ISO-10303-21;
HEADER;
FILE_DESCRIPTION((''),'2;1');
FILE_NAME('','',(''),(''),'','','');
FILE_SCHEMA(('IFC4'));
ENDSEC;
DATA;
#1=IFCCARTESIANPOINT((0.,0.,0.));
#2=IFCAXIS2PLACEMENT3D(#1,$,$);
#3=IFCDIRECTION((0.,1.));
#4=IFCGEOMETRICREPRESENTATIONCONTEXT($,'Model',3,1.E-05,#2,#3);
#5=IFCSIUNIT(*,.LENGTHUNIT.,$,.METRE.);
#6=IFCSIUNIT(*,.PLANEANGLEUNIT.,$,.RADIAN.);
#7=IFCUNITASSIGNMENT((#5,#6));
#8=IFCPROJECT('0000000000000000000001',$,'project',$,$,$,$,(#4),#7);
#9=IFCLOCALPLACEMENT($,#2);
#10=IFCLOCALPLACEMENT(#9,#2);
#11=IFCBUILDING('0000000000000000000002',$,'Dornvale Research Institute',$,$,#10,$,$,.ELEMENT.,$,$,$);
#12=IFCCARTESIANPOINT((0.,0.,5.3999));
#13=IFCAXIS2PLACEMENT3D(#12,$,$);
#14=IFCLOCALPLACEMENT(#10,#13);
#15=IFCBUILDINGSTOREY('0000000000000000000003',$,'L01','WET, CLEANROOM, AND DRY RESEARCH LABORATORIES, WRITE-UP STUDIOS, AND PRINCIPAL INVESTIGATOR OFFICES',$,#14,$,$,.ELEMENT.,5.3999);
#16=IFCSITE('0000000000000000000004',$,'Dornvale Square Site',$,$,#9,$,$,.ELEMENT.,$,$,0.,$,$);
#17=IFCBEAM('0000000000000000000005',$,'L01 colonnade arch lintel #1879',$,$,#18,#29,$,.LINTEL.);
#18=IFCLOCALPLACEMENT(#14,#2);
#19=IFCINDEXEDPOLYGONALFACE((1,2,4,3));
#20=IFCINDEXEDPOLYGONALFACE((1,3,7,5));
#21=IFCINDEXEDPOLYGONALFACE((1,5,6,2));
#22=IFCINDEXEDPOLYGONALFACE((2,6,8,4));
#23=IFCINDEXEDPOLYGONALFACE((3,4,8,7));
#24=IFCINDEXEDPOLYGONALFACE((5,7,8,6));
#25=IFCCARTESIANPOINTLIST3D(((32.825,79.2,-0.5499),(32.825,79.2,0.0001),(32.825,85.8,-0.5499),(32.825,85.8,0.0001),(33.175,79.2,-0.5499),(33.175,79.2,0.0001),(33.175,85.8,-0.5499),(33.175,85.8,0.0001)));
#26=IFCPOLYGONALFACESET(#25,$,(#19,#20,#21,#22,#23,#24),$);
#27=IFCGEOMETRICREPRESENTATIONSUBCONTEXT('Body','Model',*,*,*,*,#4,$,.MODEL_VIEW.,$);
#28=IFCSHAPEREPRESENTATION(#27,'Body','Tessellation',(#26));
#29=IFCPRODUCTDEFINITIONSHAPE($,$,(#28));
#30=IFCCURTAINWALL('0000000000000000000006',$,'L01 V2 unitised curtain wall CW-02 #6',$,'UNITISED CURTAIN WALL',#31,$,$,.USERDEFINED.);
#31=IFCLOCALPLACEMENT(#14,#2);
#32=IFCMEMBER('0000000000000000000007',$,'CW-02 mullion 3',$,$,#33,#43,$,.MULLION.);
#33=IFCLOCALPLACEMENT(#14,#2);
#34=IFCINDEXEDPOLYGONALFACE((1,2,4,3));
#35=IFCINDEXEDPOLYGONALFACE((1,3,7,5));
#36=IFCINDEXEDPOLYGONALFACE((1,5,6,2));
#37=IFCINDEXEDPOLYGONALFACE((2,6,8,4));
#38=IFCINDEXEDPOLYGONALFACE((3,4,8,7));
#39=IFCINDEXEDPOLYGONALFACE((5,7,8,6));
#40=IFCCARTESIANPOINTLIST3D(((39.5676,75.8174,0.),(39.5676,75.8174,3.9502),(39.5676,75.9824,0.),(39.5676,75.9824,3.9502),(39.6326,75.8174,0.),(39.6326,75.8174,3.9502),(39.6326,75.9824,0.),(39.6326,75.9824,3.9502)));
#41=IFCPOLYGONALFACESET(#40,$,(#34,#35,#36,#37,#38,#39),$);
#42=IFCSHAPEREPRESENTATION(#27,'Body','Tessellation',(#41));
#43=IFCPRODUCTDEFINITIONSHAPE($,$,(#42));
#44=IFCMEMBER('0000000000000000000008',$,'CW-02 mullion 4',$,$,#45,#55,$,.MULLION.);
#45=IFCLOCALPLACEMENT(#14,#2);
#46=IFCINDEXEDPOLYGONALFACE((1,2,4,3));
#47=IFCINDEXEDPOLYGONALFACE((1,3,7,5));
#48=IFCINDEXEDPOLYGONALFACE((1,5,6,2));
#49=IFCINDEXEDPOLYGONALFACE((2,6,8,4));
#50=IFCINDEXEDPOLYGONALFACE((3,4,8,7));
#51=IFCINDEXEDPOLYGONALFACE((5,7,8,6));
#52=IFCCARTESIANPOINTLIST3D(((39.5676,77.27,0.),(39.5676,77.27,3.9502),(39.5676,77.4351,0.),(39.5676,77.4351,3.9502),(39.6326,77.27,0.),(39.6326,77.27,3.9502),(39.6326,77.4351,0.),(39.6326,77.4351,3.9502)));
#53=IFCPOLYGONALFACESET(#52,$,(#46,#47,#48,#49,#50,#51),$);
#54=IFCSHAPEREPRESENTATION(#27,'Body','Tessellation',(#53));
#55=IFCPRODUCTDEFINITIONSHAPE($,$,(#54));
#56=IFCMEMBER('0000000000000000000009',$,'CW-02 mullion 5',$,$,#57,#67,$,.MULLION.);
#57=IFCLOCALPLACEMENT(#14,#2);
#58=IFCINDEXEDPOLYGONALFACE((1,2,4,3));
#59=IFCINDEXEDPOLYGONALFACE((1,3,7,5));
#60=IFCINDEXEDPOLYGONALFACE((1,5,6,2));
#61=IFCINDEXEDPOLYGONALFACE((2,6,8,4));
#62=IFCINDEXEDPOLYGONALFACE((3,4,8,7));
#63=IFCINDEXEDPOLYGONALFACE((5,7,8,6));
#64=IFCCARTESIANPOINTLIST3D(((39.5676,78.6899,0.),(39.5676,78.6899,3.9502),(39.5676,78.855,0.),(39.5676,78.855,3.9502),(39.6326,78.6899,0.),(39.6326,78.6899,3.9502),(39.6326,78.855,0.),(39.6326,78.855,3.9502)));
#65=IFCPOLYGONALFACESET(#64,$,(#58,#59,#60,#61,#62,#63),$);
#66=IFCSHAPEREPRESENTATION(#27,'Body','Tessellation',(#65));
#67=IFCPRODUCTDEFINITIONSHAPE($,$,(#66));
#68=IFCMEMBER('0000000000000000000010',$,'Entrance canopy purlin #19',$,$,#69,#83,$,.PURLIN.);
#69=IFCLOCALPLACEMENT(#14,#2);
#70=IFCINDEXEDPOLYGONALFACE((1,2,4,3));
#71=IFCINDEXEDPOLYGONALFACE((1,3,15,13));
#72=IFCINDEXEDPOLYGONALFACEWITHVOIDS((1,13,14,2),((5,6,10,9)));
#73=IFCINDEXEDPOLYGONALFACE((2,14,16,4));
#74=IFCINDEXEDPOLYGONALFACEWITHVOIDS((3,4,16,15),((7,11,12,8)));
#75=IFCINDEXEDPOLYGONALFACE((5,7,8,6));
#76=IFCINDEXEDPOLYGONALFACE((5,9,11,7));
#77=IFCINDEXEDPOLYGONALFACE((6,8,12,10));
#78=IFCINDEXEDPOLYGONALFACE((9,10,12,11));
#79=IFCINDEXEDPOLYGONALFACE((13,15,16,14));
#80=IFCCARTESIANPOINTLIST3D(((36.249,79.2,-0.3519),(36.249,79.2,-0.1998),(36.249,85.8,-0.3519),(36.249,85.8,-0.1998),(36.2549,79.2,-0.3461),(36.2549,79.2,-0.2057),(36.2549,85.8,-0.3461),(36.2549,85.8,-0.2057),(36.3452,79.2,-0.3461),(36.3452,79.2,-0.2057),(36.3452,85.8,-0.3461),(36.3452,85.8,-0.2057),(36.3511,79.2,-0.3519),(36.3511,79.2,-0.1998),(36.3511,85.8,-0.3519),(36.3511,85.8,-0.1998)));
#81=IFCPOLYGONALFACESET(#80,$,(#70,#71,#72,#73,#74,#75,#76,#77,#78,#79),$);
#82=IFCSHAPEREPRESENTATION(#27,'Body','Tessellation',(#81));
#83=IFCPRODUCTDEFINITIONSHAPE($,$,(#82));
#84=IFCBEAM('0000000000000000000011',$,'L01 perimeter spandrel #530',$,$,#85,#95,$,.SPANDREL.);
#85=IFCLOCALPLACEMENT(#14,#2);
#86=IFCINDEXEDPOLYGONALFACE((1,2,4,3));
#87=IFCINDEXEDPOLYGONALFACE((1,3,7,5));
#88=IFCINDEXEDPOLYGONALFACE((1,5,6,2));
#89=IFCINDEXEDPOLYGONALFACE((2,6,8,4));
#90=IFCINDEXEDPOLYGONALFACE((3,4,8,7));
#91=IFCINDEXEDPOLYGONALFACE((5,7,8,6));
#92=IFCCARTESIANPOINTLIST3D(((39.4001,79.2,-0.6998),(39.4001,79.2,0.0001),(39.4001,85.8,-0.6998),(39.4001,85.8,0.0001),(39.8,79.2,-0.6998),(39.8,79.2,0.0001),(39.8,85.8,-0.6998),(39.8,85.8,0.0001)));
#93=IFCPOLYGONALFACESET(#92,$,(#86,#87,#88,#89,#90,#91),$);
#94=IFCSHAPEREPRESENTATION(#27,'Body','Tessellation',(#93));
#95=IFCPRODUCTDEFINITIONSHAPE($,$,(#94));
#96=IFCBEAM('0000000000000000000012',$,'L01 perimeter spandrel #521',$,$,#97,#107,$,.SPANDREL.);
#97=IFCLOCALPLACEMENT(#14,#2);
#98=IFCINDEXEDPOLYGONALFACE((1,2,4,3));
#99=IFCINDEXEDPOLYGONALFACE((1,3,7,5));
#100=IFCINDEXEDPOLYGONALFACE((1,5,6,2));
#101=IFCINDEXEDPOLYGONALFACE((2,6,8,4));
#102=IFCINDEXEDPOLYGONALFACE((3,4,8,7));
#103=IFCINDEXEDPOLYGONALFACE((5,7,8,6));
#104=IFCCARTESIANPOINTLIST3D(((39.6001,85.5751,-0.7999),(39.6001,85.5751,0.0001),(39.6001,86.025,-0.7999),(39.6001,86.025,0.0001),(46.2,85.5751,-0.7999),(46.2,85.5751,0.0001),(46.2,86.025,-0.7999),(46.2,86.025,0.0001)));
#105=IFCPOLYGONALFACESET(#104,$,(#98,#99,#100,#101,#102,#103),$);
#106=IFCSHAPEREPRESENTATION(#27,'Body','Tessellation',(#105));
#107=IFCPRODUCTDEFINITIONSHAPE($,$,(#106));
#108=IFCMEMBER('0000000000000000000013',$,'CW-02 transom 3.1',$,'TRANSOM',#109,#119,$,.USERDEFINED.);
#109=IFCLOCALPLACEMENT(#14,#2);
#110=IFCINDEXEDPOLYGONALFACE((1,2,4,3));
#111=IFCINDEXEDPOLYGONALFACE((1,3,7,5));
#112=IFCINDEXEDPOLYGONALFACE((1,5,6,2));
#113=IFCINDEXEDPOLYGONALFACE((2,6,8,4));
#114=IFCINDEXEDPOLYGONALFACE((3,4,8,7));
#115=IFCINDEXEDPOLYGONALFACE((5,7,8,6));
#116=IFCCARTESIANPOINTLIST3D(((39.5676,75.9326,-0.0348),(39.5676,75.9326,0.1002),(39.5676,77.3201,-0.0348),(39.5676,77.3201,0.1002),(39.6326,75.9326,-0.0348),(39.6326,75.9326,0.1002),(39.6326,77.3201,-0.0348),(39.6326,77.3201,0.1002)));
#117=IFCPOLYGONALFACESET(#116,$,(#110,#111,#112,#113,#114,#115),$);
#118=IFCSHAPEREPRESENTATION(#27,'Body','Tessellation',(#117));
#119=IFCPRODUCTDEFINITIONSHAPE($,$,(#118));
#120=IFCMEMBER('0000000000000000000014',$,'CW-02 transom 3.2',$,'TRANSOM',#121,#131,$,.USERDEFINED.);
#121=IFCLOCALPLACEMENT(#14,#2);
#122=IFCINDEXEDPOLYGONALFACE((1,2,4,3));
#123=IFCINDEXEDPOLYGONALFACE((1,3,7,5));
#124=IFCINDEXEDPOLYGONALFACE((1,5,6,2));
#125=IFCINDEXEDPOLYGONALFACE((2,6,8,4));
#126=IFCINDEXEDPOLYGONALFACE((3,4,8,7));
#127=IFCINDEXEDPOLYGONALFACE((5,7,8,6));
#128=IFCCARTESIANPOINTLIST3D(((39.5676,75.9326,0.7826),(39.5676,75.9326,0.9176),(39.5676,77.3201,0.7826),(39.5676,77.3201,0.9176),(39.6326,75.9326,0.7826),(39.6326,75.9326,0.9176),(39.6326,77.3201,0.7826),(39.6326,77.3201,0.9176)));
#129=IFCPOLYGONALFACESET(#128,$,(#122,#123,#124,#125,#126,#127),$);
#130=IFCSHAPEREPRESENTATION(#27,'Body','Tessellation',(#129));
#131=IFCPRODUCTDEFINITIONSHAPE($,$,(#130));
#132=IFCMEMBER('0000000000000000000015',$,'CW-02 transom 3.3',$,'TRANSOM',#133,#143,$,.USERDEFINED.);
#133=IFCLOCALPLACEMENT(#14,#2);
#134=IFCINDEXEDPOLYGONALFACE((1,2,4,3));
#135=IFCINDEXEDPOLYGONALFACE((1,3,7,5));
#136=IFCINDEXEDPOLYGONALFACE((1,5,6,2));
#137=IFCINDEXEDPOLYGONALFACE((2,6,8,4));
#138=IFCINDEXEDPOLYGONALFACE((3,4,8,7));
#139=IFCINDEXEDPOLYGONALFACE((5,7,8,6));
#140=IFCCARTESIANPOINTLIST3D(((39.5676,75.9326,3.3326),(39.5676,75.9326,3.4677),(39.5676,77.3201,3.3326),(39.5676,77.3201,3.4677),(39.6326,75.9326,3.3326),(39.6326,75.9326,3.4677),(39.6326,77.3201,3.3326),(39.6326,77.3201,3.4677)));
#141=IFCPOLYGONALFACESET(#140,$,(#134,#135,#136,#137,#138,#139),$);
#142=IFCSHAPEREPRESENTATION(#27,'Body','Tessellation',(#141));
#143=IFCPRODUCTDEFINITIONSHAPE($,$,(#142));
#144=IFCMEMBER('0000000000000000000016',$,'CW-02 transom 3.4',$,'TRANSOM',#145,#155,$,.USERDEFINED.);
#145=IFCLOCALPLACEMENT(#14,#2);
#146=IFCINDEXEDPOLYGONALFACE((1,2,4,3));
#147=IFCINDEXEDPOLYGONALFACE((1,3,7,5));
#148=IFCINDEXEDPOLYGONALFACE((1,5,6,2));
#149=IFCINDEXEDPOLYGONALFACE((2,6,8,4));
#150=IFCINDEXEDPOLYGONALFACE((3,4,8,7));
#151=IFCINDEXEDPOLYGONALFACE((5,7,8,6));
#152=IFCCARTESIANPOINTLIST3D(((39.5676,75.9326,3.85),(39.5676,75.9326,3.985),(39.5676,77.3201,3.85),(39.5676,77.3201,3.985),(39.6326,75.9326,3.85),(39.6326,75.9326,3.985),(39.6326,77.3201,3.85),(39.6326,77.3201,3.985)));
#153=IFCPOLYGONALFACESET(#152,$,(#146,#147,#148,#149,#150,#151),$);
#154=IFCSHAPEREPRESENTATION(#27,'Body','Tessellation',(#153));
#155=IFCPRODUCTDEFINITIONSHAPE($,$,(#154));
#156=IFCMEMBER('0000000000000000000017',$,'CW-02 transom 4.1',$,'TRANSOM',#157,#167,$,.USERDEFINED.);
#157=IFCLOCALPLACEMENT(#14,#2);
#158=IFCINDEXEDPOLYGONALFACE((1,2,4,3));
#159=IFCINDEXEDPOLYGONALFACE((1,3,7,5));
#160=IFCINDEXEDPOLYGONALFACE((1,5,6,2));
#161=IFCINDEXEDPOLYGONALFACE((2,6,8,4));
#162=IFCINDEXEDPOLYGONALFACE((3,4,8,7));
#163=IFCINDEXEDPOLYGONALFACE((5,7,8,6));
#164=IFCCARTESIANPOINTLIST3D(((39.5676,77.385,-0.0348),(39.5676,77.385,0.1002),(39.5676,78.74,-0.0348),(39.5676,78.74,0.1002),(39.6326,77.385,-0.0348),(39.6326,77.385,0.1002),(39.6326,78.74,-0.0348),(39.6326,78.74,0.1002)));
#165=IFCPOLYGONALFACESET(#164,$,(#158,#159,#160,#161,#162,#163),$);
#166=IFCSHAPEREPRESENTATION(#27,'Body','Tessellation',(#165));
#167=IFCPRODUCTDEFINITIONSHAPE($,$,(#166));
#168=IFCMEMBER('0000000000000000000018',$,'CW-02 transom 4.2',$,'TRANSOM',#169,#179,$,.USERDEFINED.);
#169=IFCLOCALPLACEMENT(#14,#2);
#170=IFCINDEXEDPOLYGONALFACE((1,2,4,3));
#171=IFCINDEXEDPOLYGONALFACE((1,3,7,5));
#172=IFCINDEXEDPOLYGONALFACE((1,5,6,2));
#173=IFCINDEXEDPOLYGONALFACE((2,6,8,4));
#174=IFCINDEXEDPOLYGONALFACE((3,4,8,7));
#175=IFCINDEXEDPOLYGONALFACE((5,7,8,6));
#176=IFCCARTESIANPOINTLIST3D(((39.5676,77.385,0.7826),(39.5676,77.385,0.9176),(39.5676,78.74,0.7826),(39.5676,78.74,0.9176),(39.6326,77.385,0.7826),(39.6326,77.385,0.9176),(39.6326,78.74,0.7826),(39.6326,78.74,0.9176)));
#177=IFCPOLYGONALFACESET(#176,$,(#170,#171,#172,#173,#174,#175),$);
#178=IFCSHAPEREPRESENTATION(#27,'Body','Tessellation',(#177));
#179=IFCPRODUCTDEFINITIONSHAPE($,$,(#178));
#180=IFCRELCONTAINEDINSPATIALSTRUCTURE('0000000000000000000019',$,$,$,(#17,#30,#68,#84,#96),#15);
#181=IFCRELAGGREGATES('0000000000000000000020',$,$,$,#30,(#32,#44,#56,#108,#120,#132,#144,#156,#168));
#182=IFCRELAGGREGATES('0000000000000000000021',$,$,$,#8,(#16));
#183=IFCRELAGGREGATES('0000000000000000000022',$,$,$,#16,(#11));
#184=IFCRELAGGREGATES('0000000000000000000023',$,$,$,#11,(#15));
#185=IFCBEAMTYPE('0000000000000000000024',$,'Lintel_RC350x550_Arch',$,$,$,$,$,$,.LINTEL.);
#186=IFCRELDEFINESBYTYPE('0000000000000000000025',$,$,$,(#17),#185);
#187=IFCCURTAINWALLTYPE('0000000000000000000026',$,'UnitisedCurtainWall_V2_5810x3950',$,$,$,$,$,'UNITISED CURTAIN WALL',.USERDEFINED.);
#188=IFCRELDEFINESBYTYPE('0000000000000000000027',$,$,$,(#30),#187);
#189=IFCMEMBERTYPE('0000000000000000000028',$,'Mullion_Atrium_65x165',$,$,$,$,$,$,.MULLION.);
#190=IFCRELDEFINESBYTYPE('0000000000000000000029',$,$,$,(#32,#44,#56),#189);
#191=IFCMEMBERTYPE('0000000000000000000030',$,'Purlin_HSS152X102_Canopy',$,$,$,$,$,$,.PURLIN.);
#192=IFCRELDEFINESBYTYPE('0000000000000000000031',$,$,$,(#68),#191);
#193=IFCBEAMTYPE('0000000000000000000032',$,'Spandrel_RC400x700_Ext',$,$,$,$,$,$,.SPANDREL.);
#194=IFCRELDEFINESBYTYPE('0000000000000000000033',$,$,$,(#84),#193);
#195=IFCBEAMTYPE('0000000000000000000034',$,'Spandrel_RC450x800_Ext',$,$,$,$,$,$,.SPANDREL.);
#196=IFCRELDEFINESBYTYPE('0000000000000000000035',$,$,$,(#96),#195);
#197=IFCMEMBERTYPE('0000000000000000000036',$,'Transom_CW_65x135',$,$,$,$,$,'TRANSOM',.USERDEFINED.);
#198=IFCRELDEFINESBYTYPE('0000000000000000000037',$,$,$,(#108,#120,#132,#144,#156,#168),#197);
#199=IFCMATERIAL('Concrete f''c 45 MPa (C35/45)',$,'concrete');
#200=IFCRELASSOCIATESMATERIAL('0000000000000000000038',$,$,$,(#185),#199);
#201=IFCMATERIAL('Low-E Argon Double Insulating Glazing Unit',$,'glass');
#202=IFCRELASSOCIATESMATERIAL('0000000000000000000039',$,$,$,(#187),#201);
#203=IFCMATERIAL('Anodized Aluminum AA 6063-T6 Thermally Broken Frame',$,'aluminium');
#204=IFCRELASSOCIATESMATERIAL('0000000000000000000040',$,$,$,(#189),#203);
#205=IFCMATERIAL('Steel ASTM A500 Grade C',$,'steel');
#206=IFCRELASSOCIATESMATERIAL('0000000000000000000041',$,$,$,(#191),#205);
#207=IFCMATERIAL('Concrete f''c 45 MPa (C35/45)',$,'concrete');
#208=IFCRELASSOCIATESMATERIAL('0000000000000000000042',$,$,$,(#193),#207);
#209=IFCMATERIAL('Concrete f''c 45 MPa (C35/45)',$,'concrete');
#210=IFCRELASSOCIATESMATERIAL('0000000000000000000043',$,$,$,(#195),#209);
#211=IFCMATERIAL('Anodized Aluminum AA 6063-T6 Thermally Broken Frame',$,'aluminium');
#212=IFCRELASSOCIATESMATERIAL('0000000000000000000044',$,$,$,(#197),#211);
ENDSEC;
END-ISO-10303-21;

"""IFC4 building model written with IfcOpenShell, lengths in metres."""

from ifc_helpers import new_model, si_unit, direction, frame, origin, origin_2d, place, context, subcontext, project, spatial, rectangle, hollow_rectangle, extrude, material, material_profile, profile_set, type_object, element, aggregate, save


model = new_model("IFC4")

# Units and contexts
model_context = context("Model", 3, precision=1e-05, world=origin(), true_north=direction((0.0, 1.0)))
body_context = subcontext(model_context, "Body", "Model", "MODEL_VIEW")
ifc_project = project(units=[si_unit("LENGTHUNIT", "METRE"), si_unit("PLANEANGLEUNIT", "RADIAN")], contexts=[model_context])

# Site, building, storey
site_placement = place(None, origin())
site = spatial("IfcSite", under=ifc_project, at=site_placement, Name="Dornvale Square Site", CompositionType="ELEMENT", RefElevation=0.0)
building_placement = place(site_placement, origin())
building = spatial("IfcBuilding", under=site, at=building_placement, Name="Dornvale Research Institute", CompositionType="ELEMENT")
storey_placement = place(building_placement, frame((0.0, 0.0, 5.3999)))
storey = spatial("IfcBuildingStorey", under=building, at=storey_placement, Name="L01", Description="WET, CLEANROOM, AND DRY RESEARCH LABORATORIES, WRITE-UP STUDIOS, AND PRINCIPAL INVESTIGATOR OFFICES", CompositionType="ELEMENT", Elevation=5.3999)

# Beam
ifc_material_1 = material(Name="Concrete f'c 45 MPa (C35/45)", Category="concrete")
ifc_material_profile_1 = material_profile(ifc_material_1, rectangle(XDim=0.3501, YDim=0.55, at=origin_2d()), Name="RC 350x550")
ifc_profile_set_1 = profile_set([ifc_material_profile_1], Name="Concrete f'c 45 MPa (C35/45)")
beam_type_1 = type_object("IfcBeamType", Name="Lintel_RC350x550_Arch", PredefinedType="LINTEL", material=ifc_profile_set_1)
for number, where, z_axis, x_axis, name in (
    (1, (33.0, 79.2, -0.2749), (0.0, 1.0, 0.0), (-1.0, 0.0, 0.0), "L01 colonnade arch lintel #1879"),
):
    element("IfcBeam", number, at=place(storey_placement, frame(where, z_axis=z_axis, x_axis=x_axis)), inside=storey, type_object=beam_type_1, Name=name, PredefinedType="LINTEL", context=body_context, shape_type="SweptSolid", body=[
        extrude(rectangle(XDim=0.3501, YDim=0.55, at=origin_2d()), origin(), (0.0, 0.0, 1.0), 6.6001),
    ])

# Curtain wall, members
ifc_material_2 = material(Name="Low-E Argon Double Insulating Glazing Unit", Category="glass")
curtain_wall_type = type_object("IfcCurtainWallType", Name="UnitisedCurtainWall_V2_5810x3950", ElementType="UNITISED CURTAIN WALL", PredefinedType="USERDEFINED", material=ifc_material_2)
curtain_wall_placement = place(storey_placement, origin())
curtain_wall = element("IfcCurtainWall", 2, at=curtain_wall_placement, inside=storey, type_object=curtain_wall_type, Name="L01 V2 unitised curtain wall CW-02 #6", ObjectType="UNITISED CURTAIN WALL", PredefinedType="USERDEFINED")
ifc_material_3 = material(Name="Anodized Aluminum AA 6063-T6 Thermally Broken Frame", Category="aluminium")
ifc_material_profile_2 = material_profile(ifc_material_3, rectangle(XDim=0.0649, YDim=0.165, at=origin_2d()), Name="ALU MULLION 65x165")
ifc_profile_set_2 = profile_set([ifc_material_profile_2], Name="Anodized Aluminum AA 6063-T6 Thermally Broken Frame")
member_type_1 = type_object("IfcMemberType", Name="Mullion_Atrium_65x165", PredefinedType="MULLION", material=ifc_profile_set_2)
member_1_placement = place(storey_placement, frame((39.6001, 75.8999, 0.0), z_axis=(0.0, 0.0, 1.0), x_axis=(-1.0, 0.0, 0.0)))
member_1 = element("IfcMember", 3, at=member_1_placement, type_object=member_type_1, Name="CW-02 mullion 3", PredefinedType="MULLION", context=body_context, shape_type="SweptSolid", body=[
    extrude(rectangle(XDim=0.0649, YDim=0.165, at=origin_2d()), origin(), (0.0, 0.0, 1.0), 3.9502),
])
member_2_placement = place(storey_placement, frame((39.6001, 77.3525, 0.0), z_axis=(0.0, 0.0, 1.0), x_axis=(-1.0, 0.0, 0.0)))
member_2 = element("IfcMember", 4, at=member_2_placement, type_object=member_type_1, Name="CW-02 mullion 4", PredefinedType="MULLION", context=body_context, shape_type="SweptSolid", body=[
    extrude(rectangle(XDim=0.0649, YDim=0.165, at=origin_2d()), origin(), (0.0, 0.0, 1.0), 3.9502),
])
member_3_placement = place(storey_placement, frame((39.6001, 78.7725, 0.0), z_axis=(0.0, 0.0, 1.0), x_axis=(-1.0, 0.0, 0.0)))
member_3 = element("IfcMember", 5, at=member_3_placement, type_object=member_type_1, Name="CW-02 mullion 5", PredefinedType="MULLION", context=body_context, shape_type="SweptSolid", body=[
    extrude(rectangle(XDim=0.0649, YDim=0.165, at=origin_2d()), origin(), (0.0, 0.0, 1.0), 3.9502),
])

# Member
ifc_material_4 = material(Name="Steel ASTM A500 Grade C", Category="steel")
ifc_material_profile_3 = material_profile(ifc_material_4, hollow_rectangle(XDim=0.1021, YDim=0.1521, WallThickness=0.0059, at=origin_2d()), Name="HSS152X102X6.4")
ifc_profile_set_3 = profile_set([ifc_material_profile_3], Name="Steel ASTM A500 Grade C")
member_type_2 = type_object("IfcMemberType", Name="Purlin_HSS152X102_Canopy", PredefinedType="PURLIN", material=ifc_profile_set_3)
member_4_placement = place(storey_placement, frame((36.3, 79.2, -0.2759), z_axis=(0.0, 1.0, 0.0), x_axis=(-1.0, 0.0, 0.0)))
element("IfcMember", 6, at=member_4_placement, inside=storey, type_object=member_type_2, Name="Entrance canopy purlin #19", PredefinedType="PURLIN", context=body_context, shape_type="SweptSolid", body=[
    extrude(hollow_rectangle(XDim=0.1021, YDim=0.1521, WallThickness=0.0059, at=origin_2d()), origin(), (0.0, 0.0, 1.0), 6.6001),
])

# Beams
ifc_material_5 = material(Name="Concrete f'c 45 MPa (C35/45)", Category="concrete")
ifc_material_profile_4 = material_profile(ifc_material_5, rectangle(XDim=0.3999, YDim=0.7, at=origin_2d()), Name="RC 400x700")
ifc_profile_set_4 = profile_set([ifc_material_profile_4], Name="Concrete f'c 45 MPa (C35/45)")
beam_type_2 = type_object("IfcBeamType", Name="Spandrel_RC400x700_Ext", PredefinedType="SPANDREL", material=ifc_profile_set_4)
beam_1_placement = place(storey_placement, frame((39.6001, 79.2, -0.3499), z_axis=(0.0, 1.0, 0.0), x_axis=(-1.0, 0.0, 0.0)))
element("IfcBeam", 7, at=beam_1_placement, inside=storey, type_object=beam_type_2, Name="L01 perimeter spandrel #530", PredefinedType="SPANDREL", context=body_context, shape_type="SweptSolid", body=[
    extrude(rectangle(XDim=0.3999, YDim=0.7, at=origin_2d()), origin(), (0.0, 0.0, 1.0), 6.6001),
])
ifc_material_6 = material(Name="Concrete f'c 45 MPa (C35/45)", Category="concrete")
ifc_material_profile_5 = material_profile(ifc_material_6, rectangle(XDim=0.45, YDim=0.8, at=origin_2d()), Name="RC 450x800")
ifc_profile_set_5 = profile_set([ifc_material_profile_5], Name="Concrete f'c 45 MPa (C35/45)")
beam_type_3 = type_object("IfcBeamType", Name="Spandrel_RC450x800_Ext", PredefinedType="SPANDREL", material=ifc_profile_set_5)
beam_2_placement = place(storey_placement, frame((39.6001, 85.8, -0.3999), z_axis=(1.0, 0.0, 0.0), x_axis=(0.0, 1.0, 0.0)))
element("IfcBeam", 8, at=beam_2_placement, inside=storey, type_object=beam_type_3, Name="L01 perimeter spandrel #521", PredefinedType="SPANDREL", context=body_context, shape_type="SweptSolid", body=[
    extrude(rectangle(XDim=0.45, YDim=0.8, at=origin_2d()), origin(), (0.0, 0.0, 1.0), 6.5999),
])

# Members
ifc_material_7 = material(Name="Anodized Aluminum AA 6063-T6 Thermally Broken Frame", Category="aluminium")
ifc_material_profile_6 = material_profile(ifc_material_7, rectangle(XDim=0.0649, YDim=0.135, at=origin_2d()), Name="ALU TRANSOM 65x135")
ifc_profile_set_6 = profile_set([ifc_material_profile_6], Name="Anodized Aluminum AA 6063-T6 Thermally Broken Frame")
member_type_3 = type_object("IfcMemberType", Name="Transom_CW_65x135", ElementType="TRANSOM", PredefinedType="USERDEFINED", material=ifc_profile_set_6)
member_5_placement = place(storey_placement, frame((39.6001, 75.9326, 0.0327), z_axis=(0.0, 1.0, 0.0), x_axis=(-1.0, 0.0, 0.0)))
member_5 = element("IfcMember", 9, at=member_5_placement, type_object=member_type_3, Name="CW-02 transom 3.1", ObjectType="TRANSOM", PredefinedType="USERDEFINED", context=body_context, shape_type="SweptSolid", body=[
    extrude(rectangle(XDim=0.0649, YDim=0.135, at=origin_2d()), origin(), (0.0, 0.0, 1.0), 1.3875),
])
member_6_placement = place(storey_placement, frame((39.6001, 75.9326, 0.8501), z_axis=(0.0, 1.0, 0.0), x_axis=(-1.0, 0.0, 0.0)))
member_6 = element("IfcMember", 10, at=member_6_placement, type_object=member_type_3, Name="CW-02 transom 3.2", ObjectType="TRANSOM", PredefinedType="USERDEFINED", context=body_context, shape_type="SweptSolid", body=[
    extrude(rectangle(XDim=0.0649, YDim=0.135, at=origin_2d()), origin(), (0.0, 0.0, 1.0), 1.3875),
])
member_7_placement = place(storey_placement, frame((39.6001, 75.9326, 3.4001), z_axis=(0.0, 1.0, 0.0), x_axis=(-1.0, 0.0, 0.0)))
member_7 = element("IfcMember", 11, at=member_7_placement, type_object=member_type_3, Name="CW-02 transom 3.3", ObjectType="TRANSOM", PredefinedType="USERDEFINED", context=body_context, shape_type="SweptSolid", body=[
    extrude(rectangle(XDim=0.0649, YDim=0.135, at=origin_2d()), origin(), (0.0, 0.0, 1.0), 1.3875),
])
member_8_placement = place(storey_placement, frame((39.6001, 75.9326, 3.9175), z_axis=(0.0, 1.0, 0.0), x_axis=(-1.0, 0.0, 0.0)))
member_8 = element("IfcMember", 12, at=member_8_placement, type_object=member_type_3, Name="CW-02 transom 3.4", ObjectType="TRANSOM", PredefinedType="USERDEFINED", context=body_context, shape_type="SweptSolid", body=[
    extrude(rectangle(XDim=0.0649, YDim=0.135, at=origin_2d()), origin(), (0.0, 0.0, 1.0), 1.3875),
])
member_9_placement = place(storey_placement, frame((39.6001, 77.385, 0.0327), z_axis=(0.0, 1.0, 0.0), x_axis=(-1.0, 0.0, 0.0)))
member_9 = element("IfcMember", 13, at=member_9_placement, type_object=member_type_3, Name="CW-02 transom 4.1", ObjectType="TRANSOM", PredefinedType="USERDEFINED", context=body_context, shape_type="SweptSolid", body=[
    extrude(rectangle(XDim=0.0649, YDim=0.135, at=origin_2d()), origin(), (0.0, 0.0, 1.0), 1.355),
])
member_10_placement = place(storey_placement, frame((39.6001, 77.385, 0.8501), z_axis=(0.0, 1.0, 0.0), x_axis=(-1.0, 0.0, 0.0)))
member_10 = element("IfcMember", 14, at=member_10_placement, type_object=member_type_3, Name="CW-02 transom 4.2", ObjectType="TRANSOM", PredefinedType="USERDEFINED", context=body_context, shape_type="SweptSolid", body=[
    extrude(rectangle(XDim=0.0649, YDim=0.135, at=origin_2d()), origin(), (0.0, 0.0, 1.0), 1.355),
])

aggregate(curtain_wall, [member_1, member_2, member_3, member_5, member_6, member_7, member_8, member_9, member_10])

save(model, "model.ifc")
